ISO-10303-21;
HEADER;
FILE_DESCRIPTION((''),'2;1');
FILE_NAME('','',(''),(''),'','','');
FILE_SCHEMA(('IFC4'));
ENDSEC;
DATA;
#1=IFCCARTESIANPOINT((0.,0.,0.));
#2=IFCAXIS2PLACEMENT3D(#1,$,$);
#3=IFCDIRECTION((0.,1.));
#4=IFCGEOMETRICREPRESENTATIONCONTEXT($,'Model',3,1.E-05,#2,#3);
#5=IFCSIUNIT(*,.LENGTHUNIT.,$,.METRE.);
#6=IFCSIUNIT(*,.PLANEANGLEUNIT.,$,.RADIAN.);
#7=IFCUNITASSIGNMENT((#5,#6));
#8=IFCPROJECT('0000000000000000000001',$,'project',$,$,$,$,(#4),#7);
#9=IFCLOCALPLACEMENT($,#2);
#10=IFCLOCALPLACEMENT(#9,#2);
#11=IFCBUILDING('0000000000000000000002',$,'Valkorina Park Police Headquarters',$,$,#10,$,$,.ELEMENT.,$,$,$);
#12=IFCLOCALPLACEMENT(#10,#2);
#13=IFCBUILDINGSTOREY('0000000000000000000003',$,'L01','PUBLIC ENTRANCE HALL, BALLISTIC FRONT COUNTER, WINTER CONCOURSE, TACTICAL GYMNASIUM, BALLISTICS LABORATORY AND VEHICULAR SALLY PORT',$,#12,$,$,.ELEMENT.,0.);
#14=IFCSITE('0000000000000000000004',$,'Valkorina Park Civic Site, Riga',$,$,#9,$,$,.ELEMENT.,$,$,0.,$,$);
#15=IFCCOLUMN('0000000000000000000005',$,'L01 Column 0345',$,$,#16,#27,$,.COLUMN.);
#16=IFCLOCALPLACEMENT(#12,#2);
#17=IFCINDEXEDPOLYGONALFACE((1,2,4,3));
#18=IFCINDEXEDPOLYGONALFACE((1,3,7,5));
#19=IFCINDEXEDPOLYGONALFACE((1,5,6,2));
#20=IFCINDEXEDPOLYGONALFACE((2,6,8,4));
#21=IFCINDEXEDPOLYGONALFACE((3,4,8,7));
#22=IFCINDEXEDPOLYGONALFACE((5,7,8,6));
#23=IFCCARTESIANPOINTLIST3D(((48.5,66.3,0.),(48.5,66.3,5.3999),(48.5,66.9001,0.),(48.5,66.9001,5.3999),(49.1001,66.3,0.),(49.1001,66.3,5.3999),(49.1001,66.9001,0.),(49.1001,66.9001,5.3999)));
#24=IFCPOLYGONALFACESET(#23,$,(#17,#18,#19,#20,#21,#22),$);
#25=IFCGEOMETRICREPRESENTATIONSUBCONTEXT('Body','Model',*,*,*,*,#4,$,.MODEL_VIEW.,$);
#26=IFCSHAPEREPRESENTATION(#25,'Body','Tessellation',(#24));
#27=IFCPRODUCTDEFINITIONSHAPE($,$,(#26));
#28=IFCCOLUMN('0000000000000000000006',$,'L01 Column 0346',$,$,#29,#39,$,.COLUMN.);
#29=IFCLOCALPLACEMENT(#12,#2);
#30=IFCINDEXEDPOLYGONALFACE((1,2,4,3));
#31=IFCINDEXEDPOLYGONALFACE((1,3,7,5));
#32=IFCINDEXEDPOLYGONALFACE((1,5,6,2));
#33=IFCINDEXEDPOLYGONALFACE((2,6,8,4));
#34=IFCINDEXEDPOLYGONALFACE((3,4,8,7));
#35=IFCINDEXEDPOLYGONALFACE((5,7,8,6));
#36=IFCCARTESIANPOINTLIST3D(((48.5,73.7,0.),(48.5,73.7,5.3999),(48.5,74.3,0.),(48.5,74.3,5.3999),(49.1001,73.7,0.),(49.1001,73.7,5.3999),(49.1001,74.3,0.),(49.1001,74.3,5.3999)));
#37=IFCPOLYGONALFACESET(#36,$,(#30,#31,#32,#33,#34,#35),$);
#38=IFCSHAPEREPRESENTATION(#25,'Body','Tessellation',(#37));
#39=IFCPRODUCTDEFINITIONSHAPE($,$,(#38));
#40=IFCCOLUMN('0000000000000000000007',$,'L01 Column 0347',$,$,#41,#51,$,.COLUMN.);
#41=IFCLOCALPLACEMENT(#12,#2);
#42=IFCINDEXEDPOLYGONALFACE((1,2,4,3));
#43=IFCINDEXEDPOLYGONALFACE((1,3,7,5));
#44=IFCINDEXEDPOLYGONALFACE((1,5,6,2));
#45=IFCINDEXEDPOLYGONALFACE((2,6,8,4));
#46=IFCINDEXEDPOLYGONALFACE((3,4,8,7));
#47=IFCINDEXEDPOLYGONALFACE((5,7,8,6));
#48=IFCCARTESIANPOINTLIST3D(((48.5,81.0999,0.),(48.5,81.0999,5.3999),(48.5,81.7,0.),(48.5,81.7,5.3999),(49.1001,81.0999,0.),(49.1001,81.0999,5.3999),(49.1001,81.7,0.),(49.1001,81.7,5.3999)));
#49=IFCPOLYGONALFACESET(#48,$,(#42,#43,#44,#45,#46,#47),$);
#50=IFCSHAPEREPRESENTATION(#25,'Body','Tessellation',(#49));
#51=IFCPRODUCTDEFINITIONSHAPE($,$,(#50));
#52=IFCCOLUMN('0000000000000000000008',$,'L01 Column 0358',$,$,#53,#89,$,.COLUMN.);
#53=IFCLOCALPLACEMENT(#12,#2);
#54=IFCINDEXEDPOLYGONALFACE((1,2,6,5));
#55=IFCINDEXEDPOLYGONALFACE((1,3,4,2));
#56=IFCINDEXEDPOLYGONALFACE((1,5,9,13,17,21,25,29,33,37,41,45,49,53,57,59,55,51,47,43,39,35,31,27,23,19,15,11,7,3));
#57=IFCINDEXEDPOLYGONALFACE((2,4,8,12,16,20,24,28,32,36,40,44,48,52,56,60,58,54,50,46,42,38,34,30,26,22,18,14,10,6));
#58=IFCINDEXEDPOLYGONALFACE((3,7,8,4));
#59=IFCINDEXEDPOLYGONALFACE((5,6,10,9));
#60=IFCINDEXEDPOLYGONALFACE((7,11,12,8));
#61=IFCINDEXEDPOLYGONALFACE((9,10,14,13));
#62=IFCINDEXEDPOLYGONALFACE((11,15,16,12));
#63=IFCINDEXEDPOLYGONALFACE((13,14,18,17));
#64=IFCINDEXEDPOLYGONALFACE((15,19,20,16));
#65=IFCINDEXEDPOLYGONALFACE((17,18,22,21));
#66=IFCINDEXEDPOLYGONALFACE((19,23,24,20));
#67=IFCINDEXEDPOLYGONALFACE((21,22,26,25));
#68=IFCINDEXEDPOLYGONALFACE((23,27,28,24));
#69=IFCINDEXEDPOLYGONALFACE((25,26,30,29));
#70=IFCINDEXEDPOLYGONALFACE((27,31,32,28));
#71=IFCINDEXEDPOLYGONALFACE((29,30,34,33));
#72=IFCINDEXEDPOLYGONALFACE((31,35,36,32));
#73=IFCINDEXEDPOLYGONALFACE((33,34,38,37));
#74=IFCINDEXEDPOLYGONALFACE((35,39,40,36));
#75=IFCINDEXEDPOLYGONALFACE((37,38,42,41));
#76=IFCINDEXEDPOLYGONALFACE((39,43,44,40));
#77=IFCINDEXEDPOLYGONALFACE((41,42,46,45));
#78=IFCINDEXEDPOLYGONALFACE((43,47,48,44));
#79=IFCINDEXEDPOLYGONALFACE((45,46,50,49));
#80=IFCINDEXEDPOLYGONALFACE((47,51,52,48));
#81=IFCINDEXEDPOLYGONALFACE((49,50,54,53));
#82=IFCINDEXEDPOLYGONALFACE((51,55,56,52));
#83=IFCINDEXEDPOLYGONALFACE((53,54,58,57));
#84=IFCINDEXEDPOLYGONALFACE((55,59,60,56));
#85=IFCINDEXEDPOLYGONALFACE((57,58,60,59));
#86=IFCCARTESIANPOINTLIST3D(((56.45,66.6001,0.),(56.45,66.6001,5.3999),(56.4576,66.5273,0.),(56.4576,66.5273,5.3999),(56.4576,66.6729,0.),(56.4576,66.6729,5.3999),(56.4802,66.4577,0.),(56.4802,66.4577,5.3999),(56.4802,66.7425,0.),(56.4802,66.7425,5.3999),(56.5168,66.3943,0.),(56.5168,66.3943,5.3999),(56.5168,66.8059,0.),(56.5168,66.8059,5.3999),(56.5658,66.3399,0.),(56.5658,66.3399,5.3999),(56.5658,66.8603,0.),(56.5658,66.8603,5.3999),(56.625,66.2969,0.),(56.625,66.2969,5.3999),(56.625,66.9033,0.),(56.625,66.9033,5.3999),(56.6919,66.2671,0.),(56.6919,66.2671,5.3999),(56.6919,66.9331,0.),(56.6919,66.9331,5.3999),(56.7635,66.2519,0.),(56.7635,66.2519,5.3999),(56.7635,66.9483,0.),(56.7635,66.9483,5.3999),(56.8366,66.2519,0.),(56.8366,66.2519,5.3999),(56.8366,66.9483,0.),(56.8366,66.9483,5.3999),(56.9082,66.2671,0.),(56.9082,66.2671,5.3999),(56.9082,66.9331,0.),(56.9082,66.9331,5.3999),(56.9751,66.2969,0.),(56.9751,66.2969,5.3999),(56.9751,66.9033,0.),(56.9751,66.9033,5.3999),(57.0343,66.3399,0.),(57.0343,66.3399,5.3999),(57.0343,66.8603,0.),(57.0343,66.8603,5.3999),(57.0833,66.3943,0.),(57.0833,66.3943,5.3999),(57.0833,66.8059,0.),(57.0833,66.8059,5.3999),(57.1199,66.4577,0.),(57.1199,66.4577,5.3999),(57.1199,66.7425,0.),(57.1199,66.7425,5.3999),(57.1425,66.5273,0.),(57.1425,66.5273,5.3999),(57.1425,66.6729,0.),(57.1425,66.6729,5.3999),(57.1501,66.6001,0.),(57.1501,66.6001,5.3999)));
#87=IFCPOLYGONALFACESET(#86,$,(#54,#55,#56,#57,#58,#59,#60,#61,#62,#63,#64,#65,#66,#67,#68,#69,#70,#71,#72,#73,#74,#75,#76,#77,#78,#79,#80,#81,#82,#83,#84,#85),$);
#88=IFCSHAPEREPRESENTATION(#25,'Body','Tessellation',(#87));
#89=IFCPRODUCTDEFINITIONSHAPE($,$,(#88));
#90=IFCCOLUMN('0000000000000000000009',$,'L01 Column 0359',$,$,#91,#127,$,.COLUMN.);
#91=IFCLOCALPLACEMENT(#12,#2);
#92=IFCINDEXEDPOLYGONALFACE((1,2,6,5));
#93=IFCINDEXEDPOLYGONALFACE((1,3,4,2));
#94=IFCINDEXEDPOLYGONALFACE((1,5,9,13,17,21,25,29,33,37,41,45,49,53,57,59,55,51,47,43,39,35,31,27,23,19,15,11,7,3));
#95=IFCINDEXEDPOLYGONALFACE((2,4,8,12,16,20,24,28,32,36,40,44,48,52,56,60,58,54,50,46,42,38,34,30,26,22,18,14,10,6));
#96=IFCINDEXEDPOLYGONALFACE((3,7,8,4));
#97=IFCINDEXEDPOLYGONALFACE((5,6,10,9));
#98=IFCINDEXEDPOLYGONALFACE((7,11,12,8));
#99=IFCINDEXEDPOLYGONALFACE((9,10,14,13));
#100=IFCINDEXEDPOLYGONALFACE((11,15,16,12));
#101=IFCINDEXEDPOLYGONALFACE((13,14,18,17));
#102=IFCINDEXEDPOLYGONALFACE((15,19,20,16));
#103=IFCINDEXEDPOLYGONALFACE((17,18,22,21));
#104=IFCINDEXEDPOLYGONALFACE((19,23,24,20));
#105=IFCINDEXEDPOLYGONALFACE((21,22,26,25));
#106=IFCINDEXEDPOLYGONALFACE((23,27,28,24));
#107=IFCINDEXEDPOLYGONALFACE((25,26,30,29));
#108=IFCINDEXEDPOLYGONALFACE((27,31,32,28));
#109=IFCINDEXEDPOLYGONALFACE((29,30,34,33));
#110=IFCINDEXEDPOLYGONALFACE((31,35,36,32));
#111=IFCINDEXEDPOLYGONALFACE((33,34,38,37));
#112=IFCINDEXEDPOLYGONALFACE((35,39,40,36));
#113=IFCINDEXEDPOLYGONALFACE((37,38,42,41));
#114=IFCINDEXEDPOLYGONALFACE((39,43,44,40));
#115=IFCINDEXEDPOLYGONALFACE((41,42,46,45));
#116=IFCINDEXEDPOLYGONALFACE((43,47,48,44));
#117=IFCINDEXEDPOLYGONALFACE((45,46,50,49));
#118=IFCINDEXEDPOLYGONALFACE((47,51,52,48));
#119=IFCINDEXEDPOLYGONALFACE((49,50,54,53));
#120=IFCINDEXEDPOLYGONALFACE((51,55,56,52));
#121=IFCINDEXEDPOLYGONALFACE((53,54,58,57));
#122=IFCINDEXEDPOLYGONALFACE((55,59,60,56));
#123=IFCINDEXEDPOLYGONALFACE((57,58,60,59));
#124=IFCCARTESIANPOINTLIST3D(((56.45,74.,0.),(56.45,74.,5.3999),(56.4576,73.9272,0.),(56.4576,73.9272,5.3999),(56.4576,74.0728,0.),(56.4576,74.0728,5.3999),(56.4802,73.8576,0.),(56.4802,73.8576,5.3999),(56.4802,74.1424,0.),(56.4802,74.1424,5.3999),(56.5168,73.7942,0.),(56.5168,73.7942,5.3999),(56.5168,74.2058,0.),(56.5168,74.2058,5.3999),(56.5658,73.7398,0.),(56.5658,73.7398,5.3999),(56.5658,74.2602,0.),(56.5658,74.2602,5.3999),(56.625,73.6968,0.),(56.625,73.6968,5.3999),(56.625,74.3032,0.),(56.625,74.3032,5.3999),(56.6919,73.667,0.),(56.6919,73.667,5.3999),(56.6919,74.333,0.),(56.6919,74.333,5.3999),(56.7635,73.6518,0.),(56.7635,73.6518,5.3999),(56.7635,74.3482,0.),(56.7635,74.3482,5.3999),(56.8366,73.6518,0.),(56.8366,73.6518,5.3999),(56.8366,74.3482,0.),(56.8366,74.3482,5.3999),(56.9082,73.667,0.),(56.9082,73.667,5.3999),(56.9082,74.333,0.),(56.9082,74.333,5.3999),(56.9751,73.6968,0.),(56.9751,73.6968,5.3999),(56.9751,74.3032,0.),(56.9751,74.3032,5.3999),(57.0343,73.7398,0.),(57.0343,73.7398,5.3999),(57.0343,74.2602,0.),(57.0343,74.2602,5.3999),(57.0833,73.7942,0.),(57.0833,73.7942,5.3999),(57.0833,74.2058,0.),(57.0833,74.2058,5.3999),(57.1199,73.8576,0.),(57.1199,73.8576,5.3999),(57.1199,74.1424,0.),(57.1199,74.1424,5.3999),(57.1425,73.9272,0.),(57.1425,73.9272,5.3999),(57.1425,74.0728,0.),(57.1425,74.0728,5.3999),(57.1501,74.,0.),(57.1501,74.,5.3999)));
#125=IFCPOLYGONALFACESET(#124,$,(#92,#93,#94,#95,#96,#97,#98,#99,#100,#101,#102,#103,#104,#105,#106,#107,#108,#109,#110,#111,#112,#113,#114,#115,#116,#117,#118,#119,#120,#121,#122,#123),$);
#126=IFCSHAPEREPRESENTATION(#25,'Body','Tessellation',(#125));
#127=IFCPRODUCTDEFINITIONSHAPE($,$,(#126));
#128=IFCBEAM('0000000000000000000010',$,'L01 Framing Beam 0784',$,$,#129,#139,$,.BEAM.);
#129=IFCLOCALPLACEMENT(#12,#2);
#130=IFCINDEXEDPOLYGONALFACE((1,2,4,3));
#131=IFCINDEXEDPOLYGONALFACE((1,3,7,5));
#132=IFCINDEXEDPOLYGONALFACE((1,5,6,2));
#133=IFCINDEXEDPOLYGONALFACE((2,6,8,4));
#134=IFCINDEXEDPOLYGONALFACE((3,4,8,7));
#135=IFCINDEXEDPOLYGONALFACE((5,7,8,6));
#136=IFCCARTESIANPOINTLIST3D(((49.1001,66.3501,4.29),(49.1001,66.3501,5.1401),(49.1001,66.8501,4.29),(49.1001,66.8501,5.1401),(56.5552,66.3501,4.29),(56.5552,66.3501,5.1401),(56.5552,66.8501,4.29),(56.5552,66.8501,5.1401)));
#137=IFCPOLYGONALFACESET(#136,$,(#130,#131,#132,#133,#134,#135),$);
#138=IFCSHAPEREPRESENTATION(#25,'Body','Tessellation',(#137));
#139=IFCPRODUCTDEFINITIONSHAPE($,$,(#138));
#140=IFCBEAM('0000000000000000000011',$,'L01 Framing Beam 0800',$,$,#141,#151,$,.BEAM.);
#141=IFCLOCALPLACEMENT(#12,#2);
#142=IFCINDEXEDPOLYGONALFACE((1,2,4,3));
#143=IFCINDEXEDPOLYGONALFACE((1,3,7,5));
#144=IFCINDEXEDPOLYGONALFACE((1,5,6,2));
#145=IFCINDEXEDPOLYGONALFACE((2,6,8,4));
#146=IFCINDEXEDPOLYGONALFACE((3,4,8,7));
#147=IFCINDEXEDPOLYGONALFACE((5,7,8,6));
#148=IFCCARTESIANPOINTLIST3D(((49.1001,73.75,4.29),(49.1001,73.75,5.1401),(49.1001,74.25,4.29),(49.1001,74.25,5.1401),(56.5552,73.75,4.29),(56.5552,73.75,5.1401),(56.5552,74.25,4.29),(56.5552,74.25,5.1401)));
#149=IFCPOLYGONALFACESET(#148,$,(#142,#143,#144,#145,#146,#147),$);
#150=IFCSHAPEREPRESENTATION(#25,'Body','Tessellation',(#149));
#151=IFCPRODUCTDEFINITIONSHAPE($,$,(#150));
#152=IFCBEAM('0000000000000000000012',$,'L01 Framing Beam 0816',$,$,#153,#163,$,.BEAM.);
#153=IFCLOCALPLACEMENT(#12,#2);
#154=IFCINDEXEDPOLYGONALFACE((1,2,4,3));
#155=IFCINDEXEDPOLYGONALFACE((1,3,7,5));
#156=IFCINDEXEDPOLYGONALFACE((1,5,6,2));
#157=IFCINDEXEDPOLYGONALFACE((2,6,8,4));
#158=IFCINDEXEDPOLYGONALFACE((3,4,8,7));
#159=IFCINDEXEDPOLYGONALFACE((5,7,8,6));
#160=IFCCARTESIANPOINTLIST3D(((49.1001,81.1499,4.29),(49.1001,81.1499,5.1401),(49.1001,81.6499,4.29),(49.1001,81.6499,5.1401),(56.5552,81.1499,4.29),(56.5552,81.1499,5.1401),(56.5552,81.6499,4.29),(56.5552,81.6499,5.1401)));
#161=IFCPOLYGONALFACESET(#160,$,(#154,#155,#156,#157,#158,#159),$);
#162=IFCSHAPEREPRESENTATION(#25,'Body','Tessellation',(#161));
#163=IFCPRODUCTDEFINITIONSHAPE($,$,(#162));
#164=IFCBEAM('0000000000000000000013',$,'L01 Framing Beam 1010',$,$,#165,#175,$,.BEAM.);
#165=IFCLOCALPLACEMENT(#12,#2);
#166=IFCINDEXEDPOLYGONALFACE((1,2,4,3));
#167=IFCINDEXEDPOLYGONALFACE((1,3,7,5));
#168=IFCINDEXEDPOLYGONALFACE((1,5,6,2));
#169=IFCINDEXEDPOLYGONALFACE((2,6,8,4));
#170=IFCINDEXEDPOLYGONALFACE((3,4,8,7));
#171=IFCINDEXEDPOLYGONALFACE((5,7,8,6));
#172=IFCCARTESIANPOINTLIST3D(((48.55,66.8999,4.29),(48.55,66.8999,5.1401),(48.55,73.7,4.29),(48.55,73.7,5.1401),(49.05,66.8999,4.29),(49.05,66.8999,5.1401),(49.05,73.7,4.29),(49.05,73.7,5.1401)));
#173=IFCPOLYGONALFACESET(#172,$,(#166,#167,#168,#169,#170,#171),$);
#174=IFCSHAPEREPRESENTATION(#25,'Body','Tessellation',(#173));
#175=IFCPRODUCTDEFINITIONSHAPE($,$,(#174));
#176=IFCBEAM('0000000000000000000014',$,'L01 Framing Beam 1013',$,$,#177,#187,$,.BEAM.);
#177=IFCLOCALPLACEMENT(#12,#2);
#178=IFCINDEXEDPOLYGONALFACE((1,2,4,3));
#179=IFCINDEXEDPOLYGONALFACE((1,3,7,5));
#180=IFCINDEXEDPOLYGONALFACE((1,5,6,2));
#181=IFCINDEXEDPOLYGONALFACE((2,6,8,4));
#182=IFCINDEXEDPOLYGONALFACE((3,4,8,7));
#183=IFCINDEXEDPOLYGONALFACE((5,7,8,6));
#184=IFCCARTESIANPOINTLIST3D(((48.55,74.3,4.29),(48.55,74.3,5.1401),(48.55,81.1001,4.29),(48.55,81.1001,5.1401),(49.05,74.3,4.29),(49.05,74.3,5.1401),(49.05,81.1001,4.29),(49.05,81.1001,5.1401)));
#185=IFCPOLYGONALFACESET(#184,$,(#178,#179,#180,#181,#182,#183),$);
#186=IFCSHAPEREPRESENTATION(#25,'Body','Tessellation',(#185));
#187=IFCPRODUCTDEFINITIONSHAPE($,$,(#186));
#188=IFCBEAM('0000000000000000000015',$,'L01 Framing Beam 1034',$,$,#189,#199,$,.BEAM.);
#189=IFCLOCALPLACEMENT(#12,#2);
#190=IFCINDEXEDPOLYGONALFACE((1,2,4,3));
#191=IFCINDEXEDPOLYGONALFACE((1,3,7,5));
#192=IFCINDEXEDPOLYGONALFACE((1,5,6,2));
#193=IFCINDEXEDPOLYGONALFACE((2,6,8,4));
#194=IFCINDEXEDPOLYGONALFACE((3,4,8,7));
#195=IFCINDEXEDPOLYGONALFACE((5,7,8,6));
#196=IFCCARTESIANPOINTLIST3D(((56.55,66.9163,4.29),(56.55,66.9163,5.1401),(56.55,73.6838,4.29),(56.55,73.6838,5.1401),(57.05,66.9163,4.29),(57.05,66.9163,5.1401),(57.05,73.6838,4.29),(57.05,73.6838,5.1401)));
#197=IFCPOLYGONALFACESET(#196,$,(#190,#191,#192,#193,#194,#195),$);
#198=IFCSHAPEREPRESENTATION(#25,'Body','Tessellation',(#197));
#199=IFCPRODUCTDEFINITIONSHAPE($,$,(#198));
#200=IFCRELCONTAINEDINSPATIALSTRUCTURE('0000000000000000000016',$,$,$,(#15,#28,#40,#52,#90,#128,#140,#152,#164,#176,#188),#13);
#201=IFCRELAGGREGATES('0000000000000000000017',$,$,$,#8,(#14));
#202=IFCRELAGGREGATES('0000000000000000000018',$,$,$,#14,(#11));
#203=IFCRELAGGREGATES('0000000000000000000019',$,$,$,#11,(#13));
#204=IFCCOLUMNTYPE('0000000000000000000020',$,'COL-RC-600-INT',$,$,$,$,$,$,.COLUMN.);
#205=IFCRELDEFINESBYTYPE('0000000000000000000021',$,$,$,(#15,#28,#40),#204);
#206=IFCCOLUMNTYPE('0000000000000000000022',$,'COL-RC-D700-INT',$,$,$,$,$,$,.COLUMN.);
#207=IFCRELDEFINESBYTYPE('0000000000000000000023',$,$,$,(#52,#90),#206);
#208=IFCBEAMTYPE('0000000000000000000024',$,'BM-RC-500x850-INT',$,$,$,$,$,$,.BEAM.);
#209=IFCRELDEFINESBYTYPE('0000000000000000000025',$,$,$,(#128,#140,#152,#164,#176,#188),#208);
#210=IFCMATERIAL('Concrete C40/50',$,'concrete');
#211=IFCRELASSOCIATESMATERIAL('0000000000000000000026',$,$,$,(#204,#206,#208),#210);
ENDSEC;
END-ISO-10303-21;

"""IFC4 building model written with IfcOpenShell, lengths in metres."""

from ifc_helpers import new_model, si_unit, direction, frame, origin, origin_2d, place, context, subcontext, project, spatial, rectangle, circle, extrude, material, material_profile, profile_set, type_object, element, save


model = new_model("IFC4")

# Units and contexts
model_context = context("Model", 3, precision=1e-05, world=origin(), true_north=direction((0.0, 1.0)))
body_context = subcontext(model_context, "Body", "Model", "MODEL_VIEW")
ifc_project = project(units=[si_unit("LENGTHUNIT", "METRE"), si_unit("PLANEANGLEUNIT", "RADIAN")], contexts=[model_context])

# Site, building, storey
site_placement = place(None, origin())
site = spatial("IfcSite", under=ifc_project, at=site_placement, Name="Valkorina Park Civic Site, Riga", CompositionType="ELEMENT", RefElevation=0.0)
building_placement = place(site_placement, origin())
building = spatial("IfcBuilding", under=site, at=building_placement, Name="Valkorina Park Police Headquarters", CompositionType="ELEMENT")
storey_placement = place(building_placement, origin())
storey = spatial("IfcBuildingStorey", under=building, at=storey_placement, Name="L01", Description="PUBLIC ENTRANCE HALL, BALLISTIC FRONT COUNTER, WINTER CONCOURSE, TACTICAL GYMNASIUM, BALLISTICS LABORATORY AND VEHICULAR SALLY PORT", CompositionType="ELEMENT", Elevation=0.0)

# Columns
ifc_material_1 = material(Name="Concrete C40/50", Category="concrete")
ifc_material_profile_1 = material_profile(ifc_material_1, rectangle(XDim=0.6001, YDim=0.6001, at=origin_2d()), Name="RC COL 600x600")
ifc_profile_set_1 = profile_set([ifc_material_profile_1], Name="Concrete C40/50")
column_type_1 = type_object("IfcColumnType", Name="COL-RC-600-INT", PredefinedType="COLUMN", material=ifc_profile_set_1)
for number, where, z_axis, x_axis, name in (
    (1, (48.8, 66.6001, 0.0), (0.0, 0.0, 1.0), (1.0, 0.0, 0.0), "L01 Column 0345"),
    (2, (48.8, 74.0, 0.0), (0.0, 0.0, 1.0), (1.0, 0.0, 0.0), "L01 Column 0346"),
    (3, (48.8, 81.3999, 0.0), (0.0, 0.0, 1.0), (1.0, 0.0, 0.0), "L01 Column 0347"),
):
    element("IfcColumn", number, at=place(storey_placement, frame(where, z_axis=z_axis, x_axis=x_axis)), inside=storey, type_object=column_type_1, Name=name, PredefinedType="COLUMN", context=body_context, shape_type="SweptSolid", body=[
        extrude(rectangle(XDim=0.6001, YDim=0.6001, at=origin_2d()), origin(), (0.0, 0.0, 1.0), 5.3999),
    ])
ifc_material_profile_2 = material_profile(ifc_material_1, circle(Radius=0.3501, at=origin_2d()), Name="RC COL D700")
ifc_profile_set_2 = profile_set([ifc_material_profile_2], Name="Concrete C40/50")
column_type_2 = type_object("IfcColumnType", Name="COL-RC-D700-INT", PredefinedType="COLUMN", material=ifc_profile_set_2)
for number, where, z_axis, x_axis, name in (
    (4, (56.8, 66.6001, 0.0), (0.0, 0.0, 1.0), (1.0, 0.0, 0.0), "L01 Column 0358"),
    (5, (56.8, 74.0, 0.0), (0.0, 0.0, 1.0), (1.0, 0.0, 0.0), "L01 Column 0359"),
):
    element("IfcColumn", number, at=place(storey_placement, frame(where, z_axis=z_axis, x_axis=x_axis)), inside=storey, type_object=column_type_2, Name=name, PredefinedType="COLUMN", context=body_context, shape_type="SweptSolid", body=[
        extrude(circle(Radius=0.3501, at=origin_2d()), origin(), (0.0, 0.0, 1.0), 5.3999),
    ])

# Beams
ifc_material_profile_3 = material_profile(ifc_material_1, rectangle(XDim=0.5, YDim=0.8501, at=origin_2d()), Name="RC BEAM 500x850")
ifc_profile_set_3 = profile_set([ifc_material_profile_3], Name="Concrete C40/50")
beam_type_1 = type_object("IfcBeamType", Name="BM-RC-500x850-INT", PredefinedType="BEAM", material=ifc_profile_set_3)
for number, where, z_axis, x_axis, name in (
    (6, (49.1001, 66.6001, 4.7151), (1.0, 0.0, 0.0), (0.0, 1.0, 0.0), "L01 Framing Beam 0784"),
    (7, (49.1001, 74.0, 4.7151), (1.0, 0.0, 0.0), (0.0, 1.0, 0.0), "L01 Framing Beam 0800"),
    (8, (49.1001, 81.3999, 4.7151), (1.0, 0.0, 0.0), (0.0, 1.0, 0.0), "L01 Framing Beam 0816"),
):
    element("IfcBeam", number, at=place(storey_placement, frame(where, z_axis=z_axis, x_axis=x_axis)), inside=storey, type_object=beam_type_1, Name=name, PredefinedType="BEAM", context=body_context, shape_type="SweptSolid", body=[
        extrude(rectangle(XDim=0.5, YDim=0.8501, at=origin_2d()), origin(), (0.0, 0.0, 1.0), 7.4551),
    ])
for number, where, z_axis, x_axis, name in (
    (9, (48.8, 66.8999, 4.7151), (0.0, 1.0, 0.0), (-1.0, 0.0, 0.0), "L01 Framing Beam 1010"),
    (10, (48.8, 74.3, 4.7151), (0.0, 1.0, 0.0), (-1.0, 0.0, 0.0), "L01 Framing Beam 1013"),
):
    element("IfcBeam", number, at=place(storey_placement, frame(where, z_axis=z_axis, x_axis=x_axis)), inside=storey, type_object=beam_type_1, Name=name, PredefinedType="BEAM", context=body_context, shape_type="SweptSolid", body=[
        extrude(rectangle(XDim=0.5, YDim=0.8501, at=origin_2d()), origin(), (0.0, 0.0, 1.0), 6.8),
    ])
beam_placement = place(storey_placement, frame((56.8, 66.9163, 4.7151), z_axis=(0.0, 1.0, 0.0), x_axis=(-1.0, 0.0, 0.0)))
element("IfcBeam", 11, at=beam_placement, inside=storey, type_object=beam_type_1, Name="L01 Framing Beam 1034", PredefinedType="BEAM", context=body_context, shape_type="SweptSolid", body=[
    extrude(rectangle(XDim=0.5, YDim=0.8501, at=origin_2d()), origin(), (0.0, 0.0, 1.0), 6.7676),
])

save(model, "model.ifc")
